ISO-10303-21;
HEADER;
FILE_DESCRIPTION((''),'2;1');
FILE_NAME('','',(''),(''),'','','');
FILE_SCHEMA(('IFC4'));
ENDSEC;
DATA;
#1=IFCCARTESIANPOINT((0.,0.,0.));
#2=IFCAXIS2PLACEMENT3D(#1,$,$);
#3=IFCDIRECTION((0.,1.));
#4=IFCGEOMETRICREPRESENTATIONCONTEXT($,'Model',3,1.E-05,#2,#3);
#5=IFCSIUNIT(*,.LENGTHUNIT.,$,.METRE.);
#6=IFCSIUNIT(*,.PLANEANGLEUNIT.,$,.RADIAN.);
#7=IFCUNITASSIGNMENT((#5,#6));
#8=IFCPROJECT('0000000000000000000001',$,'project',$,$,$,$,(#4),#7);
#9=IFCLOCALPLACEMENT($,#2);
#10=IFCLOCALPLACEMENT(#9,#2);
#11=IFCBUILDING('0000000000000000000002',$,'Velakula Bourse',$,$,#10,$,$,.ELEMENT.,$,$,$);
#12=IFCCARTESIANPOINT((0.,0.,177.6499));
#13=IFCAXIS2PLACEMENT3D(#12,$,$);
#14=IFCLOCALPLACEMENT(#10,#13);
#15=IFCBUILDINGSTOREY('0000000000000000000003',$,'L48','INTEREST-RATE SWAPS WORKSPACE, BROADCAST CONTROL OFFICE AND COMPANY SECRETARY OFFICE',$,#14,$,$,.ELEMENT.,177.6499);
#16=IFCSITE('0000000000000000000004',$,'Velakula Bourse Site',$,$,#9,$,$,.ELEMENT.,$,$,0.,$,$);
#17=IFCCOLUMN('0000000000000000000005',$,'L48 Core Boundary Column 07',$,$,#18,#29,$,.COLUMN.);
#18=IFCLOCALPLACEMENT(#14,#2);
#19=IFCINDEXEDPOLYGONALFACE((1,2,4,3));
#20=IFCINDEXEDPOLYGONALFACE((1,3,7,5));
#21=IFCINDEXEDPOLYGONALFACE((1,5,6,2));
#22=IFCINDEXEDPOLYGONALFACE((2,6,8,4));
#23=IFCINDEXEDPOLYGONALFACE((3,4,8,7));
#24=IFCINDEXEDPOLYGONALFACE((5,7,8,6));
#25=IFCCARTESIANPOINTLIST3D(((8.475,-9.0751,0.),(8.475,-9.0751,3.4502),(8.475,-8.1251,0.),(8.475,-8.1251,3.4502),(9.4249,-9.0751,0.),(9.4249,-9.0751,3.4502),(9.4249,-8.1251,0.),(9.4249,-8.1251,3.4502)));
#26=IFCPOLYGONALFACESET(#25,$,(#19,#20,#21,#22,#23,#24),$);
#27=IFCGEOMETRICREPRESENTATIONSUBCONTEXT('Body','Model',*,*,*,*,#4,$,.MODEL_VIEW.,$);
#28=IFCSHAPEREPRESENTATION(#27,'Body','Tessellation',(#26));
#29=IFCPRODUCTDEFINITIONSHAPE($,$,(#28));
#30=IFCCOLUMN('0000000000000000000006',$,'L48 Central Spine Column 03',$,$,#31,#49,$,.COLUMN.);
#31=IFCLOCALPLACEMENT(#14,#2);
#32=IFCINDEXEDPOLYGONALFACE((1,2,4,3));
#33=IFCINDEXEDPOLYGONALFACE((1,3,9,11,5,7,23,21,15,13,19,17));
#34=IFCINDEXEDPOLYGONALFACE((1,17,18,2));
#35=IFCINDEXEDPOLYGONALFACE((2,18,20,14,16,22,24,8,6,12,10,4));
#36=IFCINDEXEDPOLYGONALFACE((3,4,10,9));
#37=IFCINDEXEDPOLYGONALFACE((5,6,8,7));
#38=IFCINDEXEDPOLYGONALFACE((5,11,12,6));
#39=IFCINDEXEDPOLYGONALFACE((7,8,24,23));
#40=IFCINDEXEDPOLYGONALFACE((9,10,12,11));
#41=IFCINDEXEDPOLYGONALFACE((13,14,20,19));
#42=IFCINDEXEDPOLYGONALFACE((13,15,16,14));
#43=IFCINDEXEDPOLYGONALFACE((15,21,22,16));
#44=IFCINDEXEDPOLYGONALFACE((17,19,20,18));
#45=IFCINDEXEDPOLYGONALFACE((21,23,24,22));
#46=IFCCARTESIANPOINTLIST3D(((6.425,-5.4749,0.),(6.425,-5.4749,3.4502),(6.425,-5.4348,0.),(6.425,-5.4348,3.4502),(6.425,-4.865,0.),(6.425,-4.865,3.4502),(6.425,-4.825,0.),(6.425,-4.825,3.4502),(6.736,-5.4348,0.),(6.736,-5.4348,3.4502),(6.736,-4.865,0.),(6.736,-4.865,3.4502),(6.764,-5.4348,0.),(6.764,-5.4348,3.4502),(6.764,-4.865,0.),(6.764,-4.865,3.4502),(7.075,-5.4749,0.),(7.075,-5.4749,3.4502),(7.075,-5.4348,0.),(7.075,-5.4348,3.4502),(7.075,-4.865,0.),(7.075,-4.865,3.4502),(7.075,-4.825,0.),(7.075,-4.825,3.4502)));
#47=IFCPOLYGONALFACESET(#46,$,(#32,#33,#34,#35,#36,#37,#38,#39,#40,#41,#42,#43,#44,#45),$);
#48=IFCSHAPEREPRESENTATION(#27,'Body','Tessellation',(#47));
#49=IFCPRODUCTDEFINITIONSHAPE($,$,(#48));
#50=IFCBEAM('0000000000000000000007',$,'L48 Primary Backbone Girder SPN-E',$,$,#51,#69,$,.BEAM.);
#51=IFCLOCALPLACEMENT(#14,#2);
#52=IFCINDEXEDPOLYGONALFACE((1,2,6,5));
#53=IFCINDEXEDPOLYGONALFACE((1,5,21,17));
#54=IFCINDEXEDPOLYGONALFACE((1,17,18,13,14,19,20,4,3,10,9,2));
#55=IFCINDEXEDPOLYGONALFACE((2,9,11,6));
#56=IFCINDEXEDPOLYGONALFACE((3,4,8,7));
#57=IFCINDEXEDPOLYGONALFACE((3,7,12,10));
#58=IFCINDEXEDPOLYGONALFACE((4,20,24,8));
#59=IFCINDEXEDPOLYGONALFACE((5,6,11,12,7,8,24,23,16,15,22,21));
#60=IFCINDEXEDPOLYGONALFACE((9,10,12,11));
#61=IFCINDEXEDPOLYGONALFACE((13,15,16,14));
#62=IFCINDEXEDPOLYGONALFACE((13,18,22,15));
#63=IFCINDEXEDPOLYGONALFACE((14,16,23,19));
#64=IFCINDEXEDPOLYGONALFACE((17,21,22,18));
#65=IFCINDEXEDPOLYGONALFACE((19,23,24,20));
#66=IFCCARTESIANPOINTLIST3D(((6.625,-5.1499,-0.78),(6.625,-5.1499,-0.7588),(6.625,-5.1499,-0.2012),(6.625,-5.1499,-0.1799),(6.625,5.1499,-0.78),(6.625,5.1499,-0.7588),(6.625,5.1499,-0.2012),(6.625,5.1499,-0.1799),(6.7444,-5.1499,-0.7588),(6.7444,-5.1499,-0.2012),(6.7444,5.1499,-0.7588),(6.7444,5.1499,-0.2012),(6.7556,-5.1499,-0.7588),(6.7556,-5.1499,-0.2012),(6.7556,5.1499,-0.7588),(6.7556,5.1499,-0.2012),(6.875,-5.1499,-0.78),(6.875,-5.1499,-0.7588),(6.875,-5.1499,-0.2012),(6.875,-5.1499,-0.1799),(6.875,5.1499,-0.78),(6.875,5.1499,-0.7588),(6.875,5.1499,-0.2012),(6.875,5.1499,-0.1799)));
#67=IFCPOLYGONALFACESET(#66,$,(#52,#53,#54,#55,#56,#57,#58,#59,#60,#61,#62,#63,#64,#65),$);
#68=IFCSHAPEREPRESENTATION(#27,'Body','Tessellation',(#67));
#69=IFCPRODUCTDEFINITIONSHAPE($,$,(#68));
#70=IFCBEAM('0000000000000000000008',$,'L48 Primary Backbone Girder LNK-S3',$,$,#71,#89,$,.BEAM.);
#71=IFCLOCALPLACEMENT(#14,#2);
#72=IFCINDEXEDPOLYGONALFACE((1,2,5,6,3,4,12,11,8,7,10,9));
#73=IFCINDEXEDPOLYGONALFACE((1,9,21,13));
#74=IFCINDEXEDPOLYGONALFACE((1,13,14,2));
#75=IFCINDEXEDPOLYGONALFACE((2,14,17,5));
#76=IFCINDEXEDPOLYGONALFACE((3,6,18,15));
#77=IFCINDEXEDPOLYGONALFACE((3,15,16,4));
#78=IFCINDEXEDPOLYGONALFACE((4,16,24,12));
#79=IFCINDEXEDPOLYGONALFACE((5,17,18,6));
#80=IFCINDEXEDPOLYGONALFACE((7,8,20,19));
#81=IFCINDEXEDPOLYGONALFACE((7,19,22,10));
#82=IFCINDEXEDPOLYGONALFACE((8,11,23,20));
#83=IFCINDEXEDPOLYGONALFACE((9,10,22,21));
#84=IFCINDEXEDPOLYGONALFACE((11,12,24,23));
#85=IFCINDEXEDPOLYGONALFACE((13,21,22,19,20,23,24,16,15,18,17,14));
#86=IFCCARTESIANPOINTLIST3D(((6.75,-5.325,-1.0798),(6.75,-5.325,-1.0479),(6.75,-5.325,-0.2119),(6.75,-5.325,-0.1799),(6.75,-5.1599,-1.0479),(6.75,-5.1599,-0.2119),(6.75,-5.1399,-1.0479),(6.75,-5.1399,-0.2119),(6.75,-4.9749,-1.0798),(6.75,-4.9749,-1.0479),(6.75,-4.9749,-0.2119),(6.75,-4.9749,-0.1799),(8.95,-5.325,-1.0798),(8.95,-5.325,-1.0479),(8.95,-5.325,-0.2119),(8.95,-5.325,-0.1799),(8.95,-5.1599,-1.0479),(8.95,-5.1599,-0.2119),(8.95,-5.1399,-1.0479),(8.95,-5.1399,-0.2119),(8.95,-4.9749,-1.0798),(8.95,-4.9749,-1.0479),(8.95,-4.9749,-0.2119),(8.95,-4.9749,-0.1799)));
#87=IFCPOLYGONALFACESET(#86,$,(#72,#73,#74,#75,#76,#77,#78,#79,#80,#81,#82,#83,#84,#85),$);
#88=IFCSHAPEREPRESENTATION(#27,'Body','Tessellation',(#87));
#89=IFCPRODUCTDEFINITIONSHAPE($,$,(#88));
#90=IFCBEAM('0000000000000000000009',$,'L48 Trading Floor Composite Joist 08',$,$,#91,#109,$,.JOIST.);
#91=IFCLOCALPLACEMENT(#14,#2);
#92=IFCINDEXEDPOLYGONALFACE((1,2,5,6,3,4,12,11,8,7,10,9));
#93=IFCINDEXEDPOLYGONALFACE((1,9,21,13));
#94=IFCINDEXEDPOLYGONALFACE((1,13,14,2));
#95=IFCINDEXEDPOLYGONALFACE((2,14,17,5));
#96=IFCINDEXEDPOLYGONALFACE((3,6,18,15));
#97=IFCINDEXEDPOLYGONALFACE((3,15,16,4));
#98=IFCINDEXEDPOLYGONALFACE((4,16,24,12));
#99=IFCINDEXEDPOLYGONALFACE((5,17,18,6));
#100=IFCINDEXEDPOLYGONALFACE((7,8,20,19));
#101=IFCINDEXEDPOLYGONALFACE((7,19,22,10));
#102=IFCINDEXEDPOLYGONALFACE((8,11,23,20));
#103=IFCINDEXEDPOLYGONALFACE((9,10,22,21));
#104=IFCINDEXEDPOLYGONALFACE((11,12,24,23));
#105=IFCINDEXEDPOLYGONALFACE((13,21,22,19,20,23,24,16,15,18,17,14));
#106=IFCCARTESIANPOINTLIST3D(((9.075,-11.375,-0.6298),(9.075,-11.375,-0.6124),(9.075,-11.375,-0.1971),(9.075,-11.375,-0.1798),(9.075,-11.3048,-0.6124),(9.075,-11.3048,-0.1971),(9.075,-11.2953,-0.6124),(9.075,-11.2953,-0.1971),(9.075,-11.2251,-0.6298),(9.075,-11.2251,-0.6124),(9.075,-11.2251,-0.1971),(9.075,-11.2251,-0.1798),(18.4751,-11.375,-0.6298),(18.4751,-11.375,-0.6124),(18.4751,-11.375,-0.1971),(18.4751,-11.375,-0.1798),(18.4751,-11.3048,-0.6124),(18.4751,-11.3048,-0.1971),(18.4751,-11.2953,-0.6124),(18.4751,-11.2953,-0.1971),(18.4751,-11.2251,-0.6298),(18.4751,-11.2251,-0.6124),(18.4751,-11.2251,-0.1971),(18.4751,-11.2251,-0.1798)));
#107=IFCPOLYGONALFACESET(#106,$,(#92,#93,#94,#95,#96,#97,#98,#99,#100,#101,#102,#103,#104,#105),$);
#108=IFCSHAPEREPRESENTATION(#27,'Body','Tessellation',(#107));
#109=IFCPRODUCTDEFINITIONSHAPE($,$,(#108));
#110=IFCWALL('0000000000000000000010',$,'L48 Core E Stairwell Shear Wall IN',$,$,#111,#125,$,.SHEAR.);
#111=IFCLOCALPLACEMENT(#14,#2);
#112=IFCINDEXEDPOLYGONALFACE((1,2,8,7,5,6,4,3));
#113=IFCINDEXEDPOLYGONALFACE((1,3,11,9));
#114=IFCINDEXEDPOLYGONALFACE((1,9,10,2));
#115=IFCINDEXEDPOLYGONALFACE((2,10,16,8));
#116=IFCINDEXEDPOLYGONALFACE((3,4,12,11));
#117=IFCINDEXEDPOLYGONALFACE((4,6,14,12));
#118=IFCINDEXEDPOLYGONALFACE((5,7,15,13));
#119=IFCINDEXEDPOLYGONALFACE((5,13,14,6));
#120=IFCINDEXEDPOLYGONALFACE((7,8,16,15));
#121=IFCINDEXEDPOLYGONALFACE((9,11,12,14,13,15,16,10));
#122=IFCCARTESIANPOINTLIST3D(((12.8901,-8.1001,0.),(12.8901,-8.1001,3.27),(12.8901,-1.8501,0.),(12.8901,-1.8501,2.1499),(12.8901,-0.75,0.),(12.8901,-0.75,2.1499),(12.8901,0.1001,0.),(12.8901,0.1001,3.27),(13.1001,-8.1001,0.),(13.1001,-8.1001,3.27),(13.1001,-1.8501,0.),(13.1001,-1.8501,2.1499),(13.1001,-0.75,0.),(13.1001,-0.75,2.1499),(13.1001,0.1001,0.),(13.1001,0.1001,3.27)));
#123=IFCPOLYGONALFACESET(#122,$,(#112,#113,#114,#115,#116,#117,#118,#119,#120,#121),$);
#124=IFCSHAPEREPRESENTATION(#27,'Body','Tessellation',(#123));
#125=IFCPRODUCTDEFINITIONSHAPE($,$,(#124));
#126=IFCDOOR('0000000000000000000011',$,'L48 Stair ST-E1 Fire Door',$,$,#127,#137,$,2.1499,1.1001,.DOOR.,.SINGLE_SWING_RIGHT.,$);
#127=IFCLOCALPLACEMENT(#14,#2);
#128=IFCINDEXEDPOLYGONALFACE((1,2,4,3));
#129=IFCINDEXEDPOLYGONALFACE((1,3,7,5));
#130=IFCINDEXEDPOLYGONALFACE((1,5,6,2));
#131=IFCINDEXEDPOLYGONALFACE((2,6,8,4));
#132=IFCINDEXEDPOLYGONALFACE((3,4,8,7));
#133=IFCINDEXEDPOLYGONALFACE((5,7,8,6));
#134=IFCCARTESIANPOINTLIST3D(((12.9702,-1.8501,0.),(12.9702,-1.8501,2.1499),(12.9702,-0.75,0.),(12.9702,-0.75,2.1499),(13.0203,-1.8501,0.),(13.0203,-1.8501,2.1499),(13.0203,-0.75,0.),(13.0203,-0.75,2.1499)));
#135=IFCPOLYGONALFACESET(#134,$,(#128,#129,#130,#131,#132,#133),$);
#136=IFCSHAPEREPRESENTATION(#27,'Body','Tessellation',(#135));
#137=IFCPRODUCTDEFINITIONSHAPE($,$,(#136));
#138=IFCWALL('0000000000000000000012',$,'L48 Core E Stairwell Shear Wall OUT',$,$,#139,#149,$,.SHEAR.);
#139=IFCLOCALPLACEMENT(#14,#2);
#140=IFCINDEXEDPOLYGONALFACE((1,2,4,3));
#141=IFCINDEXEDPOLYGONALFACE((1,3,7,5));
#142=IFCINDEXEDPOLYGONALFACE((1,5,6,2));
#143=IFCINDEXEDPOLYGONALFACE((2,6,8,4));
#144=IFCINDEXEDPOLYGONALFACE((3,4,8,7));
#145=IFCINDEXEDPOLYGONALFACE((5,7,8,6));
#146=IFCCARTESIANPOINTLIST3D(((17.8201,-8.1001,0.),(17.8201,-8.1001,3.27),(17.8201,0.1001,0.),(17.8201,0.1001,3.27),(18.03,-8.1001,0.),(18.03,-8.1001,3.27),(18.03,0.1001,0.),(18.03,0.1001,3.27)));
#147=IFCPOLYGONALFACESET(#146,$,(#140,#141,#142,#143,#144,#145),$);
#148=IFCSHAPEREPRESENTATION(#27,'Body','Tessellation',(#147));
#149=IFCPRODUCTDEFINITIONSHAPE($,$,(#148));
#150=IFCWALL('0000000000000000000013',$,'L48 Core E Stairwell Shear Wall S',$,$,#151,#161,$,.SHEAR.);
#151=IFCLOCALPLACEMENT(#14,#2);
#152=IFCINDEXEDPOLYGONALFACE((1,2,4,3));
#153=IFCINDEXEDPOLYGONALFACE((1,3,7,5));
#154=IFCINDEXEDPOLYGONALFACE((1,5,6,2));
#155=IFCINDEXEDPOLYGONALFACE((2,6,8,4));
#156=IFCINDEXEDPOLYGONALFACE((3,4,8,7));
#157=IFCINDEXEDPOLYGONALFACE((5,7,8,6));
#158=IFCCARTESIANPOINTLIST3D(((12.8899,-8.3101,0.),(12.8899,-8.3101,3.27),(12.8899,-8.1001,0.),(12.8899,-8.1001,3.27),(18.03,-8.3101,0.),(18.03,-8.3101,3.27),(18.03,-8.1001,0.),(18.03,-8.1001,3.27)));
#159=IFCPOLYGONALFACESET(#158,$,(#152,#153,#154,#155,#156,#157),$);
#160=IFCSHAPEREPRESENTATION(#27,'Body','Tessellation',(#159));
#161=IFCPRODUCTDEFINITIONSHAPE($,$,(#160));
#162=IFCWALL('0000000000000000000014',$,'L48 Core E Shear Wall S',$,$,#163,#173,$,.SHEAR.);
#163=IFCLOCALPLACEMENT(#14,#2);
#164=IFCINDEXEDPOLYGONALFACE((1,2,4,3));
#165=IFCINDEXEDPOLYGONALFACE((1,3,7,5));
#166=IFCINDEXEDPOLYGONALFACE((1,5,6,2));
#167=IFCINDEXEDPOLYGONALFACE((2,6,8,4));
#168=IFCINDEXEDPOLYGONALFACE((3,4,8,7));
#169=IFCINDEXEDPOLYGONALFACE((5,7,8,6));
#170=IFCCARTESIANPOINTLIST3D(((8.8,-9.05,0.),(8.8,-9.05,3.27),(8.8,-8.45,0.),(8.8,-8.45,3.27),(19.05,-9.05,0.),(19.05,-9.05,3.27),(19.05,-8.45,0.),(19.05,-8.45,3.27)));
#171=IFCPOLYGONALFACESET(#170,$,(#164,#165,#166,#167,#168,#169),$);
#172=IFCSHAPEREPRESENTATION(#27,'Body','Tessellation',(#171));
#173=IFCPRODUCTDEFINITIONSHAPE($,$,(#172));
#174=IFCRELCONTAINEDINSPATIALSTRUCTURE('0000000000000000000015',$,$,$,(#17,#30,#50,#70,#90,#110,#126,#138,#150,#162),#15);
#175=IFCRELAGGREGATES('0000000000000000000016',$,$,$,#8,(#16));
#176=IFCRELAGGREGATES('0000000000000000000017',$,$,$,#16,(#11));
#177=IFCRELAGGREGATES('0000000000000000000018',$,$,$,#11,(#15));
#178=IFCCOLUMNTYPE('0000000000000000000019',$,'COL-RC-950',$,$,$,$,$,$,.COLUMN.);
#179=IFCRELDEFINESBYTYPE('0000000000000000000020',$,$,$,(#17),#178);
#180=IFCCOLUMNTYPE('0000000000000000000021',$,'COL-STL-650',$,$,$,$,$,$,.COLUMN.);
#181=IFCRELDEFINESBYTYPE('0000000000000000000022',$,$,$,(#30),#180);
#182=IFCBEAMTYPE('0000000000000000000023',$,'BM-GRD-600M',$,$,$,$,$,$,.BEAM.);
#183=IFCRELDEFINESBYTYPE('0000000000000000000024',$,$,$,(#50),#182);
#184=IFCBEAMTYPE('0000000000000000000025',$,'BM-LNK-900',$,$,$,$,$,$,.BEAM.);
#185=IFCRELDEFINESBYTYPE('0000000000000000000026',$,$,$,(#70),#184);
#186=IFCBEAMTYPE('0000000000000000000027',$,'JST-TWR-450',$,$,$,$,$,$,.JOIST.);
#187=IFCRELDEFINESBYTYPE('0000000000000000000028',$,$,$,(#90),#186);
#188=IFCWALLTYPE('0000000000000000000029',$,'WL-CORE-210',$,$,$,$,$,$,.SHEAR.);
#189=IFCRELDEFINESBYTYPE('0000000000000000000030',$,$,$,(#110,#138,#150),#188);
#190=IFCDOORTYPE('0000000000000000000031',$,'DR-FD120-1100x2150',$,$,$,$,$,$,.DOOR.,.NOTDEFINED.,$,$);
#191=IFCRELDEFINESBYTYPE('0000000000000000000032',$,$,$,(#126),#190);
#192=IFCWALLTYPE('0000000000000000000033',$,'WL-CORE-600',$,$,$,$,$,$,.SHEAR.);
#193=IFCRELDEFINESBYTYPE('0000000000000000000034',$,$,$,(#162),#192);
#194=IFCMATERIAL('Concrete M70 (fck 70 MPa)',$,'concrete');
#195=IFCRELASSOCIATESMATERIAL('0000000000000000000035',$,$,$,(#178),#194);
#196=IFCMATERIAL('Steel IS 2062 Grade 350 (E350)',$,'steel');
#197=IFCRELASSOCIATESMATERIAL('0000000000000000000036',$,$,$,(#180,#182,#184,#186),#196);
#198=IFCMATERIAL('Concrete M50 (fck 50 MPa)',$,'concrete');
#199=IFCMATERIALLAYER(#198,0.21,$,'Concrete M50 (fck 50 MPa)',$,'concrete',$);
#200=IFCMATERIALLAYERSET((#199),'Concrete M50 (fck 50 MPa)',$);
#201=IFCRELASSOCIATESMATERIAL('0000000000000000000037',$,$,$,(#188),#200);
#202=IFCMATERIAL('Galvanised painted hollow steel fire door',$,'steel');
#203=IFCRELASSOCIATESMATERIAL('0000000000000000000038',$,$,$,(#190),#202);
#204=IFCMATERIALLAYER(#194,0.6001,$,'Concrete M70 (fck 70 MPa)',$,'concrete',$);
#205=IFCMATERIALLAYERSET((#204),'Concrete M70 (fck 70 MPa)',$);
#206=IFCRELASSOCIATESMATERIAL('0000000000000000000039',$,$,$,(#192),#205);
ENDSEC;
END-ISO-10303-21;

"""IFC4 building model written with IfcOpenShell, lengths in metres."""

from ifc_helpers import new_model, si_unit, direction, frame, frame_2d, origin, origin_2d, place, context, subcontext, project, spatial, rectangle, i_section, extrude, material, layer, layer_set, material_profile, profile_set, type_object, element, fill, save


model = new_model("IFC4")

# Units and contexts
model_context = context("Model", 3, precision=1e-05, world=origin(), true_north=direction((0.0, 1.0)))
body_context = subcontext(model_context, "Body", "Model", "MODEL_VIEW")
ifc_project = project(units=[si_unit("LENGTHUNIT", "METRE"), si_unit("PLANEANGLEUNIT", "RADIAN")], contexts=[model_context])

# Site, building, storey
site_placement = place(None, origin())
site = spatial("IfcSite", under=ifc_project, at=site_placement, Name="Velakula Bourse Site", CompositionType="ELEMENT", RefElevation=0.0)
building_placement = place(site_placement, origin())
building = spatial("IfcBuilding", under=site, at=building_placement, Name="Velakula Bourse", CompositionType="ELEMENT")
storey_placement = place(building_placement, frame((0.0, 0.0, 177.6499)))
storey = spatial("IfcBuildingStorey", under=building, at=storey_placement, Name="L48", Description="INTEREST-RATE SWAPS WORKSPACE, BROADCAST CONTROL OFFICE AND COMPANY SECRETARY OFFICE", CompositionType="ELEMENT", Elevation=177.6499)

# Columns
ifc_material_1 = material(Name="Concrete M70 (fck 70 MPa)", Category="concrete")
ifc_material_profile_1 = material_profile(ifc_material_1, rectangle(XDim=0.95, YDim=0.95, at=origin_2d()), Name="Concrete M70 (fck 70 MPa)")
ifc_profile_set_1 = profile_set([ifc_material_profile_1], Name="Concrete M70 (fck 70 MPa)")
column_type_1 = type_object("IfcColumnType", Name="COL-RC-950", PredefinedType="COLUMN", material=ifc_profile_set_1)
column_1_placement = place(storey_placement, frame((8.95, -8.6001, 0.0), z_axis=(0.0, 0.0, 1.0), x_axis=(1.0, 0.0, 0.0)))
element("IfcColumn", 1, at=column_1_placement, inside=storey, type_object=column_type_1, Name="L48 Core Boundary Column 07", PredefinedType="COLUMN", context=body_context, shape_type="SweptSolid", body=[
    extrude(rectangle(XDim=0.95, YDim=0.95, at=origin_2d()), origin(), (0.0, 0.0, 1.0), 3.4502),
])
ifc_material_2 = material(Name="Steel IS 2062 Grade 350 (E350)", Category="steel")
ifc_material_profile_2 = material_profile(ifc_material_2, i_section(OverallWidth=0.6499, OverallDepth=0.6499, WebThickness=0.0281, FlangeThickness=0.04, at=origin_2d()), Name="Steel IS 2062 Grade 350 (E350)")
ifc_profile_set_2 = profile_set([ifc_material_profile_2], Name="Steel IS 2062 Grade 350 (E350)")
column_type_2 = type_object("IfcColumnType", Name="COL-STL-650", PredefinedType="COLUMN", material=ifc_profile_set_2)
column_2_placement = place(storey_placement, frame((6.75, -5.1499, 0.0), z_axis=(0.0, 0.0, 1.0), x_axis=(1.0, 0.0, 0.0)))
element("IfcColumn", 2, at=column_2_placement, inside=storey, type_object=column_type_2, Name="L48 Central Spine Column 03", PredefinedType="COLUMN", context=body_context, shape_type="SweptSolid", body=[
    extrude(i_section(OverallWidth=0.6499, OverallDepth=0.6499, WebThickness=0.0281, FlangeThickness=0.04, at=origin_2d()), origin(), (0.0, 0.0, 1.0), 3.4502),
])

# Beams
ifc_material_profile_3 = material_profile(ifc_material_2, i_section(OverallWidth=0.25, OverallDepth=0.6001, WebThickness=0.0112, FlangeThickness=0.0212, at=origin_2d()), Name="Steel IS 2062 Grade 350 (E350)")
ifc_profile_set_3 = profile_set([ifc_material_profile_3], Name="Steel IS 2062 Grade 350 (E350)")
beam_type_1 = type_object("IfcBeamType", Name="BM-GRD-600M", PredefinedType="BEAM", material=ifc_profile_set_3)
beam_1_placement = place(storey_placement, frame((6.75, -5.1499, -0.48), z_axis=(0.0, 1.0, 0.0), x_axis=(-1.0, 0.0, 0.0)))
element("IfcBeam", 3, at=beam_1_placement, inside=storey, type_object=beam_type_1, Name="L48 Primary Backbone Girder SPN-E", PredefinedType="BEAM", context=body_context, shape_type="SweptSolid", body=[
    extrude(i_section(OverallWidth=0.25, OverallDepth=0.6001, WebThickness=0.0112, FlangeThickness=0.0212, at=origin_2d()), origin(), (0.0, 0.0, 1.0), 10.2998),
])
ifc_material_profile_4 = material_profile(ifc_material_2, i_section(OverallWidth=0.3501, OverallDepth=0.8999, WebThickness=0.02, FlangeThickness=0.032, at=origin_2d()), Name="Steel IS 2062 Grade 350 (E350)")
ifc_profile_set_4 = profile_set([ifc_material_profile_4], Name="Steel IS 2062 Grade 350 (E350)")
beam_type_2 = type_object("IfcBeamType", Name="BM-LNK-900", PredefinedType="BEAM", material=ifc_profile_set_4)
beam_2_placement = place(storey_placement, frame((6.75, -5.1499, -0.6299), z_axis=(1.0, 0.0, 0.0), x_axis=(0.0, 1.0, 0.0)))
element("IfcBeam", 4, at=beam_2_placement, inside=storey, type_object=beam_type_2, Name="L48 Primary Backbone Girder LNK-S3", PredefinedType="BEAM", context=body_context, shape_type="SweptSolid", body=[
    extrude(i_section(OverallWidth=0.3501, OverallDepth=0.8999, WebThickness=0.02, FlangeThickness=0.032, at=origin_2d()), origin(), (0.0, 0.0, 1.0), 2.2),
])
ifc_material_profile_5 = material_profile(ifc_material_2, i_section(OverallWidth=0.1499, OverallDepth=0.45, WebThickness=0.0095, FlangeThickness=0.0173, at=origin_2d()), Name="Steel IS 2062 Grade 350 (E350)")
ifc_profile_set_5 = profile_set([ifc_material_profile_5], Name="Steel IS 2062 Grade 350 (E350)")
beam_type_3 = type_object("IfcBeamType", Name="JST-TWR-450", PredefinedType="JOIST", material=ifc_profile_set_5)
beam_3_placement = place(storey_placement, frame((9.075, -11.3, -0.4048), z_axis=(1.0, 0.0, 0.0), x_axis=(0.0, 1.0, 0.0)))
element("IfcBeam", 5, at=beam_3_placement, inside=storey, type_object=beam_type_3, Name="L48 Trading Floor Composite Joist 08", PredefinedType="JOIST", context=body_context, shape_type="SweptSolid", body=[
    extrude(i_section(OverallWidth=0.1499, OverallDepth=0.45, WebThickness=0.0095, FlangeThickness=0.0173, at=origin_2d()), origin(), (0.0, 0.0, 1.0), 9.4001),
])

# Wall, opening, door
ifc_material_3 = material(Name="Concrete M50 (fck 50 MPa)", Category="concrete")
ifc_layer_1 = layer(ifc_material_3, 0.21, Name="Concrete M50 (fck 50 MPa)", Category="concrete")
ifc_layer_set_1 = layer_set([ifc_layer_1], Name="Concrete M50 (fck 50 MPa)")
wall_type_1 = type_object("IfcWallType", Name="WL-CORE-210", PredefinedType="SHEAR", material=ifc_layer_set_1)
wall_1_placement = place(storey_placement, frame((12.9951, -8.1001, 0.0), z_axis=(0.0, 0.0, 1.0), x_axis=(0.0, 1.0, 0.0)))
wall_1 = element("IfcWall", 6, at=wall_1_placement, inside=storey, type_object=wall_type_1, Name="L48 Core E Stairwell Shear Wall IN", PredefinedType="SHEAR", context=body_context, shape_type="SweptSolid", body=[
    extrude(rectangle(XDim=8.2002, YDim=0.21, at=frame_2d((4.1001, 0.0))), origin(), (0.0, 0.0, 1.0), 3.27),
])
opening_1_placement = place(wall_1_placement, frame((6.25, 0.0, 0.0)))
opening_1 = element("IfcOpeningElement", 7, at=opening_1_placement, cuts=wall_1, PredefinedType="OPENING", context=body_context, shape_type="SweptSolid", body=[
    extrude(rectangle(XDim=1.1001, YDim=2.1499, at=frame_2d((0.55, 1.075))), frame((0.0, 0.115, 0.0), z_axis=(0.0, -1.0, 0.0), x_axis=(1.0, 0.0, 0.0)), (0.0, 0.0, 1.0), 0.23),
])
ifc_material_4 = material(Name="Galvanised painted hollow steel fire door", Category="steel")
door_type_1 = type_object("IfcDoorType", Name="DR-FD120-1100x2150", OperationType="NOTDEFINED", PredefinedType="DOOR", material=ifc_material_4)
door_1_placement = place(opening_1_placement, origin())
door_1 = element("IfcDoor", 8, at=door_1_placement, inside=storey, type_object=door_type_1, Name="L48 Stair ST-E1 Fire Door", OperationType="SINGLE_SWING_RIGHT", OverallHeight=2.1499, OverallWidth=1.1001, PredefinedType="DOOR", context=body_context, shape_type="SweptSolid", body=[
    extrude(rectangle(XDim=1.1001, YDim=2.1499, at=frame_2d((0.55, 1.075))), frame((0.0, 0.0249, 0.0), z_axis=(0.0, -1.0, 0.0), x_axis=(1.0, 0.0, 0.0)), (0.0, 0.0, 1.0), 0.05),
])
fill(opening_1, door_1)

# Walls
wall_2_placement = place(storey_placement, frame((17.925, -8.1001, 0.0), z_axis=(0.0, 0.0, 1.0), x_axis=(0.0, 1.0, 0.0)))
element("IfcWall", 9, at=wall_2_placement, inside=storey, type_object=wall_type_1, Name="L48 Core E Stairwell Shear Wall OUT", PredefinedType="SHEAR", context=body_context, shape_type="SweptSolid", body=[
    extrude(rectangle(XDim=8.2002, YDim=0.21, at=frame_2d((4.1001, 0.0))), origin(), (0.0, 0.0, 1.0), 3.27),
])
wall_3_placement = place(storey_placement, frame((12.8899, -8.2051, 0.0), z_axis=(0.0, 0.0, 1.0), x_axis=(1.0, 0.0, 0.0)))
element("IfcWall", 10, at=wall_3_placement, inside=storey, type_object=wall_type_1, Name="L48 Core E Stairwell Shear Wall S", PredefinedType="SHEAR", context=body_context, shape_type="SweptSolid", body=[
    extrude(rectangle(XDim=5.1401, YDim=0.21, at=frame_2d((2.5701, 0.0))), origin(), (0.0, 0.0, 1.0), 3.27),
])
ifc_layer_2 = layer(ifc_material_1, 0.6001, Name="Concrete M70 (fck 70 MPa)", Category="concrete")
ifc_layer_set_2 = layer_set([ifc_layer_2], Name="Concrete M70 (fck 70 MPa)")
wall_type_2 = type_object("IfcWallType", Name="WL-CORE-600", PredefinedType="SHEAR", material=ifc_layer_set_2)
wall_4_placement = place(storey_placement, frame((8.8, -8.75, 0.0), z_axis=(0.0, 0.0, 1.0), x_axis=(1.0, 0.0, 0.0)))
element("IfcWall", 11, at=wall_4_placement, inside=storey, type_object=wall_type_2, Name="L48 Core E Shear Wall S", PredefinedType="SHEAR", context=body_context, shape_type="SweptSolid", body=[
    extrude(rectangle(XDim=10.25, YDim=0.6001, at=frame_2d((5.125, 0.0))), origin(), (0.0, 0.0, 1.0), 3.27),
])

save(model, "model.ifc")
